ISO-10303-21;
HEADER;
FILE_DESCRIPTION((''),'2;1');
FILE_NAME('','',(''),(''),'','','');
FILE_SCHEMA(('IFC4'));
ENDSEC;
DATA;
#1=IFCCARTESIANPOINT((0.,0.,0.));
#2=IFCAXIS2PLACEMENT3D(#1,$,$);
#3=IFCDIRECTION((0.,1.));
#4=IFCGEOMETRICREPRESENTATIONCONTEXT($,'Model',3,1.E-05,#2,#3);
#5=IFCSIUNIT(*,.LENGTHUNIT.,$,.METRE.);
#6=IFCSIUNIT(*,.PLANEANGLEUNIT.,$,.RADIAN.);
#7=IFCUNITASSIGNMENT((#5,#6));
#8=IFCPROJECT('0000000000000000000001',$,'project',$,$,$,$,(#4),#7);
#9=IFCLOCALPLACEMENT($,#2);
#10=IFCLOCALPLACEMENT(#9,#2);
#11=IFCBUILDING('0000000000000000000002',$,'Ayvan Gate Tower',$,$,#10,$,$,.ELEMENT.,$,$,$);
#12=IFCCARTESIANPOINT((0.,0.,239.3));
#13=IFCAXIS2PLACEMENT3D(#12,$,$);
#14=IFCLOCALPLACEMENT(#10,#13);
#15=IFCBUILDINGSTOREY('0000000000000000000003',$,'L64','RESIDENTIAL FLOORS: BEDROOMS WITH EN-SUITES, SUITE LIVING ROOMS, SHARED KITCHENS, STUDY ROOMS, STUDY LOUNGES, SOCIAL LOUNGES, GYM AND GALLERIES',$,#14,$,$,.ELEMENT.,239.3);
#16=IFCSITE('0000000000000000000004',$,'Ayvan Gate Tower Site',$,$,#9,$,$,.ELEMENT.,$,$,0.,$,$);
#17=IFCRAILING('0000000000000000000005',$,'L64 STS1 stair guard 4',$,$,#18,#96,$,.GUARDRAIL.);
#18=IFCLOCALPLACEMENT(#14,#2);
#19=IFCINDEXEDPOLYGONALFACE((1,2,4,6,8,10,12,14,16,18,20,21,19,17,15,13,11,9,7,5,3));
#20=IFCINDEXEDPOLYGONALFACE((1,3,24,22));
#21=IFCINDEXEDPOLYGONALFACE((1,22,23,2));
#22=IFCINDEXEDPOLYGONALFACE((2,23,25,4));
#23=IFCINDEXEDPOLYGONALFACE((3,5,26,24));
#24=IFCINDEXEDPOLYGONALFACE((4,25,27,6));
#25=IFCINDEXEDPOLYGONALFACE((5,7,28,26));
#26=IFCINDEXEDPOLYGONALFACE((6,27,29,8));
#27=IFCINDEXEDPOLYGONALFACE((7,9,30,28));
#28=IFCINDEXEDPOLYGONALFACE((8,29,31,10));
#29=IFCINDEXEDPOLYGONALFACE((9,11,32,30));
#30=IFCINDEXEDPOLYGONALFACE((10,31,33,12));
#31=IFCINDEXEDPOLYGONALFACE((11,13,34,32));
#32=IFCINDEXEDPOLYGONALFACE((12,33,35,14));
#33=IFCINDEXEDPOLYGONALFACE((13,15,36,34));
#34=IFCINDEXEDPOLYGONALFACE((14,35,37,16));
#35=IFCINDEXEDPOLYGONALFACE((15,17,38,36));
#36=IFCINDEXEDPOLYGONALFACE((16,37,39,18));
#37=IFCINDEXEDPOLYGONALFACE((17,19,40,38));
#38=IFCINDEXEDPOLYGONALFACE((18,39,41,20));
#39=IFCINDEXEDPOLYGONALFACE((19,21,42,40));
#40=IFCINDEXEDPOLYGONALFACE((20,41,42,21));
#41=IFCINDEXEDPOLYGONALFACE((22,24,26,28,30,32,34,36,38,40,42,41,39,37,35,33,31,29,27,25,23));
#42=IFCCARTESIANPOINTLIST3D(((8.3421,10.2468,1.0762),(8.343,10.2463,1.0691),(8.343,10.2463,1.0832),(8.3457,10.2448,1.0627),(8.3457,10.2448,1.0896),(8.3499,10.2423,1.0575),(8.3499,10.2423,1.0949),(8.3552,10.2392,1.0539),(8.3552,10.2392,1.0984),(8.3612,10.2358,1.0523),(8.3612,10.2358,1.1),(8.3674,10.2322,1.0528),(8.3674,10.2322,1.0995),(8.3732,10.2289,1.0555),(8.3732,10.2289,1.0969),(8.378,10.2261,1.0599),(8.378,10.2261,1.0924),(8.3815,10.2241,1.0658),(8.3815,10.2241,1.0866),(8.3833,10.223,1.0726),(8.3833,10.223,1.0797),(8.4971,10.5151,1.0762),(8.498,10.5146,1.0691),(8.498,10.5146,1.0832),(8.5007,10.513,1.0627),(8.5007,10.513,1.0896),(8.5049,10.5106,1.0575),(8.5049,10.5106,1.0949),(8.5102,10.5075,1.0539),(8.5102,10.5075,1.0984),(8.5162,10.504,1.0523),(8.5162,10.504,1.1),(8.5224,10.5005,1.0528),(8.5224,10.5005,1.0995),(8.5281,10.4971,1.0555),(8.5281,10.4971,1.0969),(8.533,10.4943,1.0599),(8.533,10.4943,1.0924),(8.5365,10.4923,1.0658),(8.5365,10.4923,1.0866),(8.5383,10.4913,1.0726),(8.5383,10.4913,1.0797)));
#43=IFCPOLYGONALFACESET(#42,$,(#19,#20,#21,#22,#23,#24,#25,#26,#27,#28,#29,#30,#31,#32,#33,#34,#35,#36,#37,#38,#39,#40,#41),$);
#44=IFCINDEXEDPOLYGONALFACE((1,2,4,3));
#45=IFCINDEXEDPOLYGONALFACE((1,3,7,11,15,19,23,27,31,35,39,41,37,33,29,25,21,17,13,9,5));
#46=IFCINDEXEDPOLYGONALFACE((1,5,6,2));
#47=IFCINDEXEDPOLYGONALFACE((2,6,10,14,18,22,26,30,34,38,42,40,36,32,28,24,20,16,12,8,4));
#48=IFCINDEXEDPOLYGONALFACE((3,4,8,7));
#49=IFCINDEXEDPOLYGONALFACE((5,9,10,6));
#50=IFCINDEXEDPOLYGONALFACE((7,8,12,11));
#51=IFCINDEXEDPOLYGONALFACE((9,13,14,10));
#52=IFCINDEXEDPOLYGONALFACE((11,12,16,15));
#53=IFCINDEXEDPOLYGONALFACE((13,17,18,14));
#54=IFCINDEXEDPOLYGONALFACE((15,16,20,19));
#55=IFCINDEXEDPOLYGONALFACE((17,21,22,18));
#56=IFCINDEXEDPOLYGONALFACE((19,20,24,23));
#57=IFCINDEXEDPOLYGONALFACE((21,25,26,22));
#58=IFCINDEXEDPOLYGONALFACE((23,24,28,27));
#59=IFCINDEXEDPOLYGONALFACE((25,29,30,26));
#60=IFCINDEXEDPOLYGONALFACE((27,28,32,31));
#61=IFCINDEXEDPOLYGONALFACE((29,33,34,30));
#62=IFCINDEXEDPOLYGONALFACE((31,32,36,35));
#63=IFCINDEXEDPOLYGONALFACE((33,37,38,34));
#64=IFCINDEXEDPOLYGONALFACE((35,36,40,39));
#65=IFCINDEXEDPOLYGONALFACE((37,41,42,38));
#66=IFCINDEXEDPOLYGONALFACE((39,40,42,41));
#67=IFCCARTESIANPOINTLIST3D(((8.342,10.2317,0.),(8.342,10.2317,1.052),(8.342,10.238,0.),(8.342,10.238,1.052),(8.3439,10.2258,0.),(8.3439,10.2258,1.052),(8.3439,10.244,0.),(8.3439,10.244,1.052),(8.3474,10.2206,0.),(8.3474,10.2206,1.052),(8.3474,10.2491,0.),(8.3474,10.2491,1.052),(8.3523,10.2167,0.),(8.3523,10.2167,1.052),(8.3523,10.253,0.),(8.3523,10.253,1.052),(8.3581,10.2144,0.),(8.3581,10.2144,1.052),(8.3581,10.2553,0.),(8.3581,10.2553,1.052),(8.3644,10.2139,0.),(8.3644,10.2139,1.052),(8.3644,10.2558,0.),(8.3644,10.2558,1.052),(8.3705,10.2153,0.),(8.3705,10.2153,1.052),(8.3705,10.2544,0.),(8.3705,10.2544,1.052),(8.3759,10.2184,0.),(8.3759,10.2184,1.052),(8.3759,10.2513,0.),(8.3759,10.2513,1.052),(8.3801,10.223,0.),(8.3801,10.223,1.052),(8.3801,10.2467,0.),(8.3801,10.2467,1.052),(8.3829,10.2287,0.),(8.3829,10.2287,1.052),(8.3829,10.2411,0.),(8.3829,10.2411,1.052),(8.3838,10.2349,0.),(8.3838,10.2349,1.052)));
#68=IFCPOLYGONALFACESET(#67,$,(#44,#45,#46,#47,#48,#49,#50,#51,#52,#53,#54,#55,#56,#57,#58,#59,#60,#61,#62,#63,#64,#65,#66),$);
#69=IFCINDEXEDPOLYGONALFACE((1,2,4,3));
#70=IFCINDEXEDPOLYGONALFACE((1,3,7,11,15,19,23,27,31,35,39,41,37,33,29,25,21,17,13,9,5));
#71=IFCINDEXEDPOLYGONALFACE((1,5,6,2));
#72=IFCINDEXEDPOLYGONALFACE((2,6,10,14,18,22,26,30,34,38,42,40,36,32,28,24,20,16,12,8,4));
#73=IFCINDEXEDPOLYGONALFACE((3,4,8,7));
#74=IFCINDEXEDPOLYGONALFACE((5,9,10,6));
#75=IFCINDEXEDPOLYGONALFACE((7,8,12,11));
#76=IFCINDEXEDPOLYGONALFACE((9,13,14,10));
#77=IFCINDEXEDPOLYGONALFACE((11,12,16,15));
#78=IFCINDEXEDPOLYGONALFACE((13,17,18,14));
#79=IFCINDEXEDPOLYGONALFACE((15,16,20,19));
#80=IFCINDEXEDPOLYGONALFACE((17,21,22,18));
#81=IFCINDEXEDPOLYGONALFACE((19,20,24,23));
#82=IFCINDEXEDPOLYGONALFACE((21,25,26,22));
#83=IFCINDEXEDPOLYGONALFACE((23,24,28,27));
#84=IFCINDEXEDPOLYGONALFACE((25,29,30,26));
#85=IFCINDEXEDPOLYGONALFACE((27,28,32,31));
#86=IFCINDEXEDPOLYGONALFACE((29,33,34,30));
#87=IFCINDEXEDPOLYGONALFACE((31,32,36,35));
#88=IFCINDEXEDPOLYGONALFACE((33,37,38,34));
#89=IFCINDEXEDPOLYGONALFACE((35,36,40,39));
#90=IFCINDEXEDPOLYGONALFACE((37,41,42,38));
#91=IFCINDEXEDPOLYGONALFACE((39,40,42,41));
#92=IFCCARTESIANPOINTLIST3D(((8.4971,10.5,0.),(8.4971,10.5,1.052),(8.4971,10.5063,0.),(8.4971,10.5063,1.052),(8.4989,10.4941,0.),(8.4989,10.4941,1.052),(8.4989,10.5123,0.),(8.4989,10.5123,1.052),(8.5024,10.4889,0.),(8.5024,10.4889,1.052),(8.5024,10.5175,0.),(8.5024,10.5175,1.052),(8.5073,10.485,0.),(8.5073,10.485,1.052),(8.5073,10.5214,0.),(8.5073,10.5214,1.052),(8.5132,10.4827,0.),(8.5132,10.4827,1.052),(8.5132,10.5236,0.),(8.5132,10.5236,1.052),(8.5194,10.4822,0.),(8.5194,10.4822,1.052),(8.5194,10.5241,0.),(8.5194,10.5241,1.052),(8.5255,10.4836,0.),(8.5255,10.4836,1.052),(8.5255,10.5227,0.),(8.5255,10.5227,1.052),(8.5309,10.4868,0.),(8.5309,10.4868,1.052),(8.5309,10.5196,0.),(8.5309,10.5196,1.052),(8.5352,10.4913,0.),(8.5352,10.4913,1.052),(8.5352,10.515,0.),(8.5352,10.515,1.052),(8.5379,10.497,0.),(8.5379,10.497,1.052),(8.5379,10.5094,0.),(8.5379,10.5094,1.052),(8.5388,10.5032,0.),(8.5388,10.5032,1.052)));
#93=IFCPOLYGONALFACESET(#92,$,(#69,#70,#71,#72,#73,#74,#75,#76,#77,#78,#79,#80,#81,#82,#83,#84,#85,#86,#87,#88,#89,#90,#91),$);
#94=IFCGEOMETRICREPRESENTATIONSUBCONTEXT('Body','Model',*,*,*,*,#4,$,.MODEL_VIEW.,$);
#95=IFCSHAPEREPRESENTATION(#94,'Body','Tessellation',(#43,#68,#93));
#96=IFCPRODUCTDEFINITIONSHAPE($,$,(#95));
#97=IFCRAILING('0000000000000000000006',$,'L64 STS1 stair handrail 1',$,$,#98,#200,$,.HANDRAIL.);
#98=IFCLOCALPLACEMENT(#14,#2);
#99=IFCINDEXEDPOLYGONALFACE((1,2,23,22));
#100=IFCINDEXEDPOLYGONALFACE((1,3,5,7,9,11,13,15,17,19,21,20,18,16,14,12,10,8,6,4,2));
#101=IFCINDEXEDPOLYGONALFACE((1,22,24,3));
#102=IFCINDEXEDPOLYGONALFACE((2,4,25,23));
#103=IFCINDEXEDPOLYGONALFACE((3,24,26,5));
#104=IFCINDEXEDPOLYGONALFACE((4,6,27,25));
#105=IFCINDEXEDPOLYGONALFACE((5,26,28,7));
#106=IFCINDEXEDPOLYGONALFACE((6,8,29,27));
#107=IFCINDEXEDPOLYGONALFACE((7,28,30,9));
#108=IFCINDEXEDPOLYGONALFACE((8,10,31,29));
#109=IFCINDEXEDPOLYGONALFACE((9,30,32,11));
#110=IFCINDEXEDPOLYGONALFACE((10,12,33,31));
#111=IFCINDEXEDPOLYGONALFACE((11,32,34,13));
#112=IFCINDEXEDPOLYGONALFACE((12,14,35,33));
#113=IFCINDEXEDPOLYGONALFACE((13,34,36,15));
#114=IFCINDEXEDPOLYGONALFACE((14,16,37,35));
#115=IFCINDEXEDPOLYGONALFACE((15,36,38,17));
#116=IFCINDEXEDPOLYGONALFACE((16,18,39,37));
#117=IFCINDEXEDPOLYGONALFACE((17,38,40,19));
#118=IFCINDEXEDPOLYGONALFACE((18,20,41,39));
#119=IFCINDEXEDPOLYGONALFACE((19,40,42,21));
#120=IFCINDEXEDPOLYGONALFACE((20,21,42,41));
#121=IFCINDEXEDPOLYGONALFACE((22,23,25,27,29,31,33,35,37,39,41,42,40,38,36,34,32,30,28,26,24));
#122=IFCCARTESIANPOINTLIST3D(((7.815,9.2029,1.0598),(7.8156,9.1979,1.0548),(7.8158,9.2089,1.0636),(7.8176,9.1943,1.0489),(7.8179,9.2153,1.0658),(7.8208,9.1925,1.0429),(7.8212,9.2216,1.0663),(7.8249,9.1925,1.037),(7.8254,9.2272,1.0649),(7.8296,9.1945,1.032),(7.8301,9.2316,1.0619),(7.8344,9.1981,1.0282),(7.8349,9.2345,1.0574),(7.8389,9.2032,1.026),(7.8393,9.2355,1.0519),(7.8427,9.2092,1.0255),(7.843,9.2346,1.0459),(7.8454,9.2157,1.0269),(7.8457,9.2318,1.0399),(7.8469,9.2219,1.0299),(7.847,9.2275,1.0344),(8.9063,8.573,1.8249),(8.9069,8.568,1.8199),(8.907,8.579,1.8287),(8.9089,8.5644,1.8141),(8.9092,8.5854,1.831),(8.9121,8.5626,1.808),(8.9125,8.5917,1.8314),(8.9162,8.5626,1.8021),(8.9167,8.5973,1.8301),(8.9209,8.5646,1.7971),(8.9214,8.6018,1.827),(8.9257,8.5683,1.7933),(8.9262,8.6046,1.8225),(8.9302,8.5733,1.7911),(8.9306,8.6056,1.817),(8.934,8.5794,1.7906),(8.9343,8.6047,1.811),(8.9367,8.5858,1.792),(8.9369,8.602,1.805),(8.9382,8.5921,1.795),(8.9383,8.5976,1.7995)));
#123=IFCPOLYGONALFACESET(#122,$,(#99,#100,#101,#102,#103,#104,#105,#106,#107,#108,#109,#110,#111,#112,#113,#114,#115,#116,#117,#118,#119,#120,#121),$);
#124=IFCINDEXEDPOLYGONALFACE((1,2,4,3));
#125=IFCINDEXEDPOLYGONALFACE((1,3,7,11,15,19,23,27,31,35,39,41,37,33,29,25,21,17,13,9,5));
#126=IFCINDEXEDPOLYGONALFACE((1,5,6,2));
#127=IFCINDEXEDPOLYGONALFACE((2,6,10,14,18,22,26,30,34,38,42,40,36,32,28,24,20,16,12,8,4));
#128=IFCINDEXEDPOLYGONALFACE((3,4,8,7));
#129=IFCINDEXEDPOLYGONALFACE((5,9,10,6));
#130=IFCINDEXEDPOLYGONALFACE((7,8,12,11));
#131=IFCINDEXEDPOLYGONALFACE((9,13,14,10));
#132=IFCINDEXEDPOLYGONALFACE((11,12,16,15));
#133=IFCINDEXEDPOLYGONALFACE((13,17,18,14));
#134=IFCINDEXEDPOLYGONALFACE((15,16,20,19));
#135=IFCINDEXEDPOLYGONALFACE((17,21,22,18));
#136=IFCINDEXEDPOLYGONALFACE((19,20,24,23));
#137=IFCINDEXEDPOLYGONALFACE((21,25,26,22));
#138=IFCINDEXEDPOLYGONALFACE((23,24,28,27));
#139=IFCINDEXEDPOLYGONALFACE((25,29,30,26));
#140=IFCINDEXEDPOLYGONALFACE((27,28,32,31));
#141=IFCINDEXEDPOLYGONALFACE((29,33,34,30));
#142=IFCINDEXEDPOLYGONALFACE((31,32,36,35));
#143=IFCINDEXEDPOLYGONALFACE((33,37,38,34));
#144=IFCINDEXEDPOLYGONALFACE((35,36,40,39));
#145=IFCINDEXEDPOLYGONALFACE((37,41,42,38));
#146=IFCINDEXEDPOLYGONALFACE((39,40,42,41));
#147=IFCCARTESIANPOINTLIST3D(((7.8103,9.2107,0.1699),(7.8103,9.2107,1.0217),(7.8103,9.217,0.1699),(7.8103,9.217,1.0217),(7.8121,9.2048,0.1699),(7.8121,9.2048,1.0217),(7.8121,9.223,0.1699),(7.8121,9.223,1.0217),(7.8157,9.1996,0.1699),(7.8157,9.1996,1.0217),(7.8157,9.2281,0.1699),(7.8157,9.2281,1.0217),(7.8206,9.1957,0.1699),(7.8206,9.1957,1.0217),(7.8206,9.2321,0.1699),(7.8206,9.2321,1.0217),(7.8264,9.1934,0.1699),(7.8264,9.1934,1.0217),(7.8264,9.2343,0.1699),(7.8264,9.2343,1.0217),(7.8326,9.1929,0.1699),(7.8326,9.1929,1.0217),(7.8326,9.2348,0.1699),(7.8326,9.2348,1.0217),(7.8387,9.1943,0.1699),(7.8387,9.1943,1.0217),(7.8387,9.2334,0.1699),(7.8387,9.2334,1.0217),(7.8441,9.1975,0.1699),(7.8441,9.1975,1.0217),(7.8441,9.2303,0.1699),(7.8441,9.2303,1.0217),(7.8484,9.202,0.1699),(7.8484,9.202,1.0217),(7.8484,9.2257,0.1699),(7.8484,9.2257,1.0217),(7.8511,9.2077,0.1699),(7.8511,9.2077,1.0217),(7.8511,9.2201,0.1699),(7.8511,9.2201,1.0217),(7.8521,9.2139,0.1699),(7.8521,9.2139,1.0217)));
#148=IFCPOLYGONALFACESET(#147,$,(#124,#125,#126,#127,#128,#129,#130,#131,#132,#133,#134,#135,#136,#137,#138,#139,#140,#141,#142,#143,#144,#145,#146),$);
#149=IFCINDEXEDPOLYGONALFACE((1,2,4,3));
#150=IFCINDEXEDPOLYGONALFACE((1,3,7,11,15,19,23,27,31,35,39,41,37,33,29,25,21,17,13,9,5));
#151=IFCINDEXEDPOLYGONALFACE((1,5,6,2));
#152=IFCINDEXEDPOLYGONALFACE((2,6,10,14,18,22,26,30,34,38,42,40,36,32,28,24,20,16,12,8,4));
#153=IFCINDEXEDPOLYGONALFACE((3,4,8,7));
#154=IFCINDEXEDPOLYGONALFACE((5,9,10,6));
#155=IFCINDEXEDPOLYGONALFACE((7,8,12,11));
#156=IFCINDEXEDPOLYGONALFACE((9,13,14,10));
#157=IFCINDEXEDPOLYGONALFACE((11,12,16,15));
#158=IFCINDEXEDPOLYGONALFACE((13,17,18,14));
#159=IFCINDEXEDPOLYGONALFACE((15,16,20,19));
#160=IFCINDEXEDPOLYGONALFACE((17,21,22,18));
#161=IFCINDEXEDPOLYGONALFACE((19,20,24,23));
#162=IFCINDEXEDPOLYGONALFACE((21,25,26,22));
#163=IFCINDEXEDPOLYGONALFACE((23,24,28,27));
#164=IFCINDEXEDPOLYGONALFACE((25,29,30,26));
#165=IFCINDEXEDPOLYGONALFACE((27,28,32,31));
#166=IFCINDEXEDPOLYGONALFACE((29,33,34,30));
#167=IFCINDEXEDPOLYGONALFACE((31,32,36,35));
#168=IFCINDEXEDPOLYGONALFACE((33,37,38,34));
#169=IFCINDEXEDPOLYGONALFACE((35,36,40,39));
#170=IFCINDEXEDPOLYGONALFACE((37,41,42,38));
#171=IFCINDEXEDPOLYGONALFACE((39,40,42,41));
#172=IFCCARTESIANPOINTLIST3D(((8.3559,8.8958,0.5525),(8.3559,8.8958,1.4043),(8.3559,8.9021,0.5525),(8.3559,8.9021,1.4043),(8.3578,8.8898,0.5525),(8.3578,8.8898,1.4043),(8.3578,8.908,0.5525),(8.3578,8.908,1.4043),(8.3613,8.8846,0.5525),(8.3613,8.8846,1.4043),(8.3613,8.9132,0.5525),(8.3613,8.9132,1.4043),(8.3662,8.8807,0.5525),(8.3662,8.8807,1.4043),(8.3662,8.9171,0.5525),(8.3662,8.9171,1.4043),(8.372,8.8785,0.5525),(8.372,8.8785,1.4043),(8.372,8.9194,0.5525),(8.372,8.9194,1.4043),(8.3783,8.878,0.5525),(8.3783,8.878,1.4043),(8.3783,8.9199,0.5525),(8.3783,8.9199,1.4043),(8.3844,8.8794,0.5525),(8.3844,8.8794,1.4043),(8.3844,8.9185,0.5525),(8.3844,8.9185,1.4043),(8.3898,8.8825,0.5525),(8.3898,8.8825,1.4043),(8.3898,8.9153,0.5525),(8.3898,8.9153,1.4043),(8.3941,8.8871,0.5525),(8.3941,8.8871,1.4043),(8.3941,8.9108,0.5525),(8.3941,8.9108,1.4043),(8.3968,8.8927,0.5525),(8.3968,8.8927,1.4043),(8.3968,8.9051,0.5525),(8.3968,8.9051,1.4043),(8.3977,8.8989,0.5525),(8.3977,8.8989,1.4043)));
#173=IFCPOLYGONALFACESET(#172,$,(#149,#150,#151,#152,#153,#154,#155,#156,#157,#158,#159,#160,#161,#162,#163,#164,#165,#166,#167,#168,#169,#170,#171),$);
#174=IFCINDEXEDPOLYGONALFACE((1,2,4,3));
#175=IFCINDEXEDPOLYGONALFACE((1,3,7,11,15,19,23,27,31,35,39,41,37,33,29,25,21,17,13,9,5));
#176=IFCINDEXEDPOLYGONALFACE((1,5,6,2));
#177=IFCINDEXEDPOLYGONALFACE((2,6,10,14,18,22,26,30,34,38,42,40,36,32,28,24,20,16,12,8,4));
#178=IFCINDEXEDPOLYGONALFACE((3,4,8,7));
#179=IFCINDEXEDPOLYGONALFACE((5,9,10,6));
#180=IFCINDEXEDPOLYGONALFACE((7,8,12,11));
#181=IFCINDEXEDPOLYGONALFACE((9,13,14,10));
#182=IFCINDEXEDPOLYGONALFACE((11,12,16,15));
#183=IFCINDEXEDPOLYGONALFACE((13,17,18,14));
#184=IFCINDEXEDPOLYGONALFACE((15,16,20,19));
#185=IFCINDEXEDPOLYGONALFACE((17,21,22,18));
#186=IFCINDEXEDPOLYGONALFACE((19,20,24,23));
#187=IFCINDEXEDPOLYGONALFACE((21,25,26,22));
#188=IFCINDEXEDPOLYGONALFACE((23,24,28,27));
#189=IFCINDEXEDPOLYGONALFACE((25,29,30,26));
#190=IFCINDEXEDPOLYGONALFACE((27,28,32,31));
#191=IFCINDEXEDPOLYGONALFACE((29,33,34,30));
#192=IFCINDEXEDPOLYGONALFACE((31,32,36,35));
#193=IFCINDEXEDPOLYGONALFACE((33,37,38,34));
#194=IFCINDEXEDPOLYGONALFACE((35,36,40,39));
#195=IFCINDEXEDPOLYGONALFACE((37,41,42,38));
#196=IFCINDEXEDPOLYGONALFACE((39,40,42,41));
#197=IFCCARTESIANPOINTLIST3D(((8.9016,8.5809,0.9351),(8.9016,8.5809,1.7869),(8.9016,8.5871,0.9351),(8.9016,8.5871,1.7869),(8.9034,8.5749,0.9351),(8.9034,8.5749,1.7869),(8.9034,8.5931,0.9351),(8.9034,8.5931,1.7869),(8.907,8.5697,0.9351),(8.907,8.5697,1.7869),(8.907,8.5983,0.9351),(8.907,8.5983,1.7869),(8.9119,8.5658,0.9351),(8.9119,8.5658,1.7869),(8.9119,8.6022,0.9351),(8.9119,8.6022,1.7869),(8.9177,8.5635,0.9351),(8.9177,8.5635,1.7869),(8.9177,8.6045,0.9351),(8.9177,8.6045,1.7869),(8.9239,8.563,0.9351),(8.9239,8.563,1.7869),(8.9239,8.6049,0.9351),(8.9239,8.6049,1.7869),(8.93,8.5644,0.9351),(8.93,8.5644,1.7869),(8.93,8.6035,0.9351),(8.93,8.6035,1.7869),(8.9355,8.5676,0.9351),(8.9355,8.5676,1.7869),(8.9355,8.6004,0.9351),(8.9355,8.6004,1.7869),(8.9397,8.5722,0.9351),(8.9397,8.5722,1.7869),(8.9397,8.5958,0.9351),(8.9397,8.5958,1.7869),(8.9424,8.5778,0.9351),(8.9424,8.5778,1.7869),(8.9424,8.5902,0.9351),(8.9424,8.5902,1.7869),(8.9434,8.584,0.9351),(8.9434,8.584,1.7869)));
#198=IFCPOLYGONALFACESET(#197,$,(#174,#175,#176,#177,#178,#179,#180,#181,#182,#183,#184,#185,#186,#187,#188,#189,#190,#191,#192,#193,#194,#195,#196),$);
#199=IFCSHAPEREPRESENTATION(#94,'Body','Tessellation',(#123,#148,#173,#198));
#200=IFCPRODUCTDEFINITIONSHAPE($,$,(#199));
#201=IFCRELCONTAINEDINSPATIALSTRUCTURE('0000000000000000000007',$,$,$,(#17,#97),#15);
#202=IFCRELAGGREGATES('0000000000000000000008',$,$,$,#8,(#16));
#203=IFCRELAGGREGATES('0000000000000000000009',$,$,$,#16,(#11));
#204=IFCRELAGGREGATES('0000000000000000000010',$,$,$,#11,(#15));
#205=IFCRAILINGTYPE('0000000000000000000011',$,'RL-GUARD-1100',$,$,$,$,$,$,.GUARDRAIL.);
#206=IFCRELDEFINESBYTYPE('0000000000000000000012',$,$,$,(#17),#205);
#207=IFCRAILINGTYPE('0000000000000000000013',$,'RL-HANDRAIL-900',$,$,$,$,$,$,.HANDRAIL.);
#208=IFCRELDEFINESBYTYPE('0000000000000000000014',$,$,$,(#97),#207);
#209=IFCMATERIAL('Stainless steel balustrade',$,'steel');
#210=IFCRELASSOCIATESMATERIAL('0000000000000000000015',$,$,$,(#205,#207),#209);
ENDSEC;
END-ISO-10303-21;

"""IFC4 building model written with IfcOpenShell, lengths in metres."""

from ifc_helpers import new_model, si_unit, direction, frame, origin, origin_2d, place, context, subcontext, project, spatial, circle, extrude, material, type_object, element, save


model = new_model("IFC4")

# Units and contexts
model_context = context("Model", 3, precision=1e-05, world=origin(), true_north=direction((0.0, 1.0)))
body_context = subcontext(model_context, "Body", "Model", "MODEL_VIEW")
ifc_project = project(units=[si_unit("LENGTHUNIT", "METRE"), si_unit("PLANEANGLEUNIT", "RADIAN")], contexts=[model_context])

# Site, building, storey
site_placement = place(None, origin())
site = spatial("IfcSite", under=ifc_project, at=site_placement, Name="Ayvan Gate Tower Site", CompositionType="ELEMENT", RefElevation=0.0)
building_placement = place(site_placement, origin())
building = spatial("IfcBuilding", under=site, at=building_placement, Name="Ayvan Gate Tower", CompositionType="ELEMENT")
storey_placement = place(building_placement, frame((0.0, 0.0, 239.3)))
storey = spatial("IfcBuildingStorey", under=building, at=storey_placement, Name="L64", Description="RESIDENTIAL FLOORS: BEDROOMS WITH EN-SUITES, SUITE LIVING ROOMS, SHARED KITCHENS, STUDY ROOMS, STUDY LOUNGES, SOCIAL LOUNGES, GYM AND GALLERIES", CompositionType="ELEMENT", Elevation=239.3)

# Railings
ifc_material_1 = material(Name="Stainless steel balustrade", Category="steel")
railing_type_1 = type_object("IfcRailingType", Name="RL-GUARD-1100", PredefinedType="GUARDRAIL", material=ifc_material_1)
railing_1_placement = place(storey_placement, frame((8.3628, 10.2349, 0.0)))
element("IfcRailing", 1, at=railing_1_placement, inside=storey, type_object=railing_type_1, Name="L64 STS1 stair guard 4", PredefinedType="GUARDRAIL", context=body_context, shape_type="SweptSolid", body=[
    extrude(circle(Radius=0.0239, at=origin_2d()), frame((0.0, 0.0, 1.0762), z_axis=(0.500291, 0.865857, 0.0), x_axis=(-0.865857, 0.500291, 0.0)), (0.0, 0.0, 1.0), 0.3098),
    extrude(circle(Radius=0.021, at=origin_2d()), origin(), (0.0, 0.0, 1.0), 1.052),
    extrude(circle(Radius=0.021, at=origin_2d()), frame((0.155, 0.2683, 0.0)), (0.0, 0.0, 1.0), 1.052),
])
railing_type_2 = type_object("IfcRailingType", Name="RL-HANDRAIL-900", PredefinedType="HANDRAIL", material=ifc_material_1)
railing_2_placement = place(storey_placement, frame((7.8311, 9.2139, 0.1699)))
element("IfcRailing", 2, at=railing_2_placement, inside=storey, type_object=railing_type_2, Name="L64 STS1 stair handrail 1", PredefinedType="HANDRAIL", context=body_context, shape_type="SweptSolid", body=[
    extrude(circle(Radius=0.0239, at=origin_2d()), frame((0.0, 0.0, 0.876), z_axis=(0.740293, -0.427283, 0.519033), x_axis=(0.49989, 0.866089, 0.0)), (0.0, 0.0, 1.0), 1.4741),
    extrude(circle(Radius=0.021, at=origin_2d()), origin(), (0.0, 0.0, 1.0), 0.8518),
    extrude(circle(Radius=0.021, at=origin_2d()), frame((0.5457, -0.3149, 0.3826)), (0.0, 0.0, 1.0), 0.8518),
    extrude(circle(Radius=0.021, at=origin_2d()), frame((1.0913, -0.6299, 0.7651)), (0.0, 0.0, 1.0), 0.8518),
])

save(model, "model.ifc")
